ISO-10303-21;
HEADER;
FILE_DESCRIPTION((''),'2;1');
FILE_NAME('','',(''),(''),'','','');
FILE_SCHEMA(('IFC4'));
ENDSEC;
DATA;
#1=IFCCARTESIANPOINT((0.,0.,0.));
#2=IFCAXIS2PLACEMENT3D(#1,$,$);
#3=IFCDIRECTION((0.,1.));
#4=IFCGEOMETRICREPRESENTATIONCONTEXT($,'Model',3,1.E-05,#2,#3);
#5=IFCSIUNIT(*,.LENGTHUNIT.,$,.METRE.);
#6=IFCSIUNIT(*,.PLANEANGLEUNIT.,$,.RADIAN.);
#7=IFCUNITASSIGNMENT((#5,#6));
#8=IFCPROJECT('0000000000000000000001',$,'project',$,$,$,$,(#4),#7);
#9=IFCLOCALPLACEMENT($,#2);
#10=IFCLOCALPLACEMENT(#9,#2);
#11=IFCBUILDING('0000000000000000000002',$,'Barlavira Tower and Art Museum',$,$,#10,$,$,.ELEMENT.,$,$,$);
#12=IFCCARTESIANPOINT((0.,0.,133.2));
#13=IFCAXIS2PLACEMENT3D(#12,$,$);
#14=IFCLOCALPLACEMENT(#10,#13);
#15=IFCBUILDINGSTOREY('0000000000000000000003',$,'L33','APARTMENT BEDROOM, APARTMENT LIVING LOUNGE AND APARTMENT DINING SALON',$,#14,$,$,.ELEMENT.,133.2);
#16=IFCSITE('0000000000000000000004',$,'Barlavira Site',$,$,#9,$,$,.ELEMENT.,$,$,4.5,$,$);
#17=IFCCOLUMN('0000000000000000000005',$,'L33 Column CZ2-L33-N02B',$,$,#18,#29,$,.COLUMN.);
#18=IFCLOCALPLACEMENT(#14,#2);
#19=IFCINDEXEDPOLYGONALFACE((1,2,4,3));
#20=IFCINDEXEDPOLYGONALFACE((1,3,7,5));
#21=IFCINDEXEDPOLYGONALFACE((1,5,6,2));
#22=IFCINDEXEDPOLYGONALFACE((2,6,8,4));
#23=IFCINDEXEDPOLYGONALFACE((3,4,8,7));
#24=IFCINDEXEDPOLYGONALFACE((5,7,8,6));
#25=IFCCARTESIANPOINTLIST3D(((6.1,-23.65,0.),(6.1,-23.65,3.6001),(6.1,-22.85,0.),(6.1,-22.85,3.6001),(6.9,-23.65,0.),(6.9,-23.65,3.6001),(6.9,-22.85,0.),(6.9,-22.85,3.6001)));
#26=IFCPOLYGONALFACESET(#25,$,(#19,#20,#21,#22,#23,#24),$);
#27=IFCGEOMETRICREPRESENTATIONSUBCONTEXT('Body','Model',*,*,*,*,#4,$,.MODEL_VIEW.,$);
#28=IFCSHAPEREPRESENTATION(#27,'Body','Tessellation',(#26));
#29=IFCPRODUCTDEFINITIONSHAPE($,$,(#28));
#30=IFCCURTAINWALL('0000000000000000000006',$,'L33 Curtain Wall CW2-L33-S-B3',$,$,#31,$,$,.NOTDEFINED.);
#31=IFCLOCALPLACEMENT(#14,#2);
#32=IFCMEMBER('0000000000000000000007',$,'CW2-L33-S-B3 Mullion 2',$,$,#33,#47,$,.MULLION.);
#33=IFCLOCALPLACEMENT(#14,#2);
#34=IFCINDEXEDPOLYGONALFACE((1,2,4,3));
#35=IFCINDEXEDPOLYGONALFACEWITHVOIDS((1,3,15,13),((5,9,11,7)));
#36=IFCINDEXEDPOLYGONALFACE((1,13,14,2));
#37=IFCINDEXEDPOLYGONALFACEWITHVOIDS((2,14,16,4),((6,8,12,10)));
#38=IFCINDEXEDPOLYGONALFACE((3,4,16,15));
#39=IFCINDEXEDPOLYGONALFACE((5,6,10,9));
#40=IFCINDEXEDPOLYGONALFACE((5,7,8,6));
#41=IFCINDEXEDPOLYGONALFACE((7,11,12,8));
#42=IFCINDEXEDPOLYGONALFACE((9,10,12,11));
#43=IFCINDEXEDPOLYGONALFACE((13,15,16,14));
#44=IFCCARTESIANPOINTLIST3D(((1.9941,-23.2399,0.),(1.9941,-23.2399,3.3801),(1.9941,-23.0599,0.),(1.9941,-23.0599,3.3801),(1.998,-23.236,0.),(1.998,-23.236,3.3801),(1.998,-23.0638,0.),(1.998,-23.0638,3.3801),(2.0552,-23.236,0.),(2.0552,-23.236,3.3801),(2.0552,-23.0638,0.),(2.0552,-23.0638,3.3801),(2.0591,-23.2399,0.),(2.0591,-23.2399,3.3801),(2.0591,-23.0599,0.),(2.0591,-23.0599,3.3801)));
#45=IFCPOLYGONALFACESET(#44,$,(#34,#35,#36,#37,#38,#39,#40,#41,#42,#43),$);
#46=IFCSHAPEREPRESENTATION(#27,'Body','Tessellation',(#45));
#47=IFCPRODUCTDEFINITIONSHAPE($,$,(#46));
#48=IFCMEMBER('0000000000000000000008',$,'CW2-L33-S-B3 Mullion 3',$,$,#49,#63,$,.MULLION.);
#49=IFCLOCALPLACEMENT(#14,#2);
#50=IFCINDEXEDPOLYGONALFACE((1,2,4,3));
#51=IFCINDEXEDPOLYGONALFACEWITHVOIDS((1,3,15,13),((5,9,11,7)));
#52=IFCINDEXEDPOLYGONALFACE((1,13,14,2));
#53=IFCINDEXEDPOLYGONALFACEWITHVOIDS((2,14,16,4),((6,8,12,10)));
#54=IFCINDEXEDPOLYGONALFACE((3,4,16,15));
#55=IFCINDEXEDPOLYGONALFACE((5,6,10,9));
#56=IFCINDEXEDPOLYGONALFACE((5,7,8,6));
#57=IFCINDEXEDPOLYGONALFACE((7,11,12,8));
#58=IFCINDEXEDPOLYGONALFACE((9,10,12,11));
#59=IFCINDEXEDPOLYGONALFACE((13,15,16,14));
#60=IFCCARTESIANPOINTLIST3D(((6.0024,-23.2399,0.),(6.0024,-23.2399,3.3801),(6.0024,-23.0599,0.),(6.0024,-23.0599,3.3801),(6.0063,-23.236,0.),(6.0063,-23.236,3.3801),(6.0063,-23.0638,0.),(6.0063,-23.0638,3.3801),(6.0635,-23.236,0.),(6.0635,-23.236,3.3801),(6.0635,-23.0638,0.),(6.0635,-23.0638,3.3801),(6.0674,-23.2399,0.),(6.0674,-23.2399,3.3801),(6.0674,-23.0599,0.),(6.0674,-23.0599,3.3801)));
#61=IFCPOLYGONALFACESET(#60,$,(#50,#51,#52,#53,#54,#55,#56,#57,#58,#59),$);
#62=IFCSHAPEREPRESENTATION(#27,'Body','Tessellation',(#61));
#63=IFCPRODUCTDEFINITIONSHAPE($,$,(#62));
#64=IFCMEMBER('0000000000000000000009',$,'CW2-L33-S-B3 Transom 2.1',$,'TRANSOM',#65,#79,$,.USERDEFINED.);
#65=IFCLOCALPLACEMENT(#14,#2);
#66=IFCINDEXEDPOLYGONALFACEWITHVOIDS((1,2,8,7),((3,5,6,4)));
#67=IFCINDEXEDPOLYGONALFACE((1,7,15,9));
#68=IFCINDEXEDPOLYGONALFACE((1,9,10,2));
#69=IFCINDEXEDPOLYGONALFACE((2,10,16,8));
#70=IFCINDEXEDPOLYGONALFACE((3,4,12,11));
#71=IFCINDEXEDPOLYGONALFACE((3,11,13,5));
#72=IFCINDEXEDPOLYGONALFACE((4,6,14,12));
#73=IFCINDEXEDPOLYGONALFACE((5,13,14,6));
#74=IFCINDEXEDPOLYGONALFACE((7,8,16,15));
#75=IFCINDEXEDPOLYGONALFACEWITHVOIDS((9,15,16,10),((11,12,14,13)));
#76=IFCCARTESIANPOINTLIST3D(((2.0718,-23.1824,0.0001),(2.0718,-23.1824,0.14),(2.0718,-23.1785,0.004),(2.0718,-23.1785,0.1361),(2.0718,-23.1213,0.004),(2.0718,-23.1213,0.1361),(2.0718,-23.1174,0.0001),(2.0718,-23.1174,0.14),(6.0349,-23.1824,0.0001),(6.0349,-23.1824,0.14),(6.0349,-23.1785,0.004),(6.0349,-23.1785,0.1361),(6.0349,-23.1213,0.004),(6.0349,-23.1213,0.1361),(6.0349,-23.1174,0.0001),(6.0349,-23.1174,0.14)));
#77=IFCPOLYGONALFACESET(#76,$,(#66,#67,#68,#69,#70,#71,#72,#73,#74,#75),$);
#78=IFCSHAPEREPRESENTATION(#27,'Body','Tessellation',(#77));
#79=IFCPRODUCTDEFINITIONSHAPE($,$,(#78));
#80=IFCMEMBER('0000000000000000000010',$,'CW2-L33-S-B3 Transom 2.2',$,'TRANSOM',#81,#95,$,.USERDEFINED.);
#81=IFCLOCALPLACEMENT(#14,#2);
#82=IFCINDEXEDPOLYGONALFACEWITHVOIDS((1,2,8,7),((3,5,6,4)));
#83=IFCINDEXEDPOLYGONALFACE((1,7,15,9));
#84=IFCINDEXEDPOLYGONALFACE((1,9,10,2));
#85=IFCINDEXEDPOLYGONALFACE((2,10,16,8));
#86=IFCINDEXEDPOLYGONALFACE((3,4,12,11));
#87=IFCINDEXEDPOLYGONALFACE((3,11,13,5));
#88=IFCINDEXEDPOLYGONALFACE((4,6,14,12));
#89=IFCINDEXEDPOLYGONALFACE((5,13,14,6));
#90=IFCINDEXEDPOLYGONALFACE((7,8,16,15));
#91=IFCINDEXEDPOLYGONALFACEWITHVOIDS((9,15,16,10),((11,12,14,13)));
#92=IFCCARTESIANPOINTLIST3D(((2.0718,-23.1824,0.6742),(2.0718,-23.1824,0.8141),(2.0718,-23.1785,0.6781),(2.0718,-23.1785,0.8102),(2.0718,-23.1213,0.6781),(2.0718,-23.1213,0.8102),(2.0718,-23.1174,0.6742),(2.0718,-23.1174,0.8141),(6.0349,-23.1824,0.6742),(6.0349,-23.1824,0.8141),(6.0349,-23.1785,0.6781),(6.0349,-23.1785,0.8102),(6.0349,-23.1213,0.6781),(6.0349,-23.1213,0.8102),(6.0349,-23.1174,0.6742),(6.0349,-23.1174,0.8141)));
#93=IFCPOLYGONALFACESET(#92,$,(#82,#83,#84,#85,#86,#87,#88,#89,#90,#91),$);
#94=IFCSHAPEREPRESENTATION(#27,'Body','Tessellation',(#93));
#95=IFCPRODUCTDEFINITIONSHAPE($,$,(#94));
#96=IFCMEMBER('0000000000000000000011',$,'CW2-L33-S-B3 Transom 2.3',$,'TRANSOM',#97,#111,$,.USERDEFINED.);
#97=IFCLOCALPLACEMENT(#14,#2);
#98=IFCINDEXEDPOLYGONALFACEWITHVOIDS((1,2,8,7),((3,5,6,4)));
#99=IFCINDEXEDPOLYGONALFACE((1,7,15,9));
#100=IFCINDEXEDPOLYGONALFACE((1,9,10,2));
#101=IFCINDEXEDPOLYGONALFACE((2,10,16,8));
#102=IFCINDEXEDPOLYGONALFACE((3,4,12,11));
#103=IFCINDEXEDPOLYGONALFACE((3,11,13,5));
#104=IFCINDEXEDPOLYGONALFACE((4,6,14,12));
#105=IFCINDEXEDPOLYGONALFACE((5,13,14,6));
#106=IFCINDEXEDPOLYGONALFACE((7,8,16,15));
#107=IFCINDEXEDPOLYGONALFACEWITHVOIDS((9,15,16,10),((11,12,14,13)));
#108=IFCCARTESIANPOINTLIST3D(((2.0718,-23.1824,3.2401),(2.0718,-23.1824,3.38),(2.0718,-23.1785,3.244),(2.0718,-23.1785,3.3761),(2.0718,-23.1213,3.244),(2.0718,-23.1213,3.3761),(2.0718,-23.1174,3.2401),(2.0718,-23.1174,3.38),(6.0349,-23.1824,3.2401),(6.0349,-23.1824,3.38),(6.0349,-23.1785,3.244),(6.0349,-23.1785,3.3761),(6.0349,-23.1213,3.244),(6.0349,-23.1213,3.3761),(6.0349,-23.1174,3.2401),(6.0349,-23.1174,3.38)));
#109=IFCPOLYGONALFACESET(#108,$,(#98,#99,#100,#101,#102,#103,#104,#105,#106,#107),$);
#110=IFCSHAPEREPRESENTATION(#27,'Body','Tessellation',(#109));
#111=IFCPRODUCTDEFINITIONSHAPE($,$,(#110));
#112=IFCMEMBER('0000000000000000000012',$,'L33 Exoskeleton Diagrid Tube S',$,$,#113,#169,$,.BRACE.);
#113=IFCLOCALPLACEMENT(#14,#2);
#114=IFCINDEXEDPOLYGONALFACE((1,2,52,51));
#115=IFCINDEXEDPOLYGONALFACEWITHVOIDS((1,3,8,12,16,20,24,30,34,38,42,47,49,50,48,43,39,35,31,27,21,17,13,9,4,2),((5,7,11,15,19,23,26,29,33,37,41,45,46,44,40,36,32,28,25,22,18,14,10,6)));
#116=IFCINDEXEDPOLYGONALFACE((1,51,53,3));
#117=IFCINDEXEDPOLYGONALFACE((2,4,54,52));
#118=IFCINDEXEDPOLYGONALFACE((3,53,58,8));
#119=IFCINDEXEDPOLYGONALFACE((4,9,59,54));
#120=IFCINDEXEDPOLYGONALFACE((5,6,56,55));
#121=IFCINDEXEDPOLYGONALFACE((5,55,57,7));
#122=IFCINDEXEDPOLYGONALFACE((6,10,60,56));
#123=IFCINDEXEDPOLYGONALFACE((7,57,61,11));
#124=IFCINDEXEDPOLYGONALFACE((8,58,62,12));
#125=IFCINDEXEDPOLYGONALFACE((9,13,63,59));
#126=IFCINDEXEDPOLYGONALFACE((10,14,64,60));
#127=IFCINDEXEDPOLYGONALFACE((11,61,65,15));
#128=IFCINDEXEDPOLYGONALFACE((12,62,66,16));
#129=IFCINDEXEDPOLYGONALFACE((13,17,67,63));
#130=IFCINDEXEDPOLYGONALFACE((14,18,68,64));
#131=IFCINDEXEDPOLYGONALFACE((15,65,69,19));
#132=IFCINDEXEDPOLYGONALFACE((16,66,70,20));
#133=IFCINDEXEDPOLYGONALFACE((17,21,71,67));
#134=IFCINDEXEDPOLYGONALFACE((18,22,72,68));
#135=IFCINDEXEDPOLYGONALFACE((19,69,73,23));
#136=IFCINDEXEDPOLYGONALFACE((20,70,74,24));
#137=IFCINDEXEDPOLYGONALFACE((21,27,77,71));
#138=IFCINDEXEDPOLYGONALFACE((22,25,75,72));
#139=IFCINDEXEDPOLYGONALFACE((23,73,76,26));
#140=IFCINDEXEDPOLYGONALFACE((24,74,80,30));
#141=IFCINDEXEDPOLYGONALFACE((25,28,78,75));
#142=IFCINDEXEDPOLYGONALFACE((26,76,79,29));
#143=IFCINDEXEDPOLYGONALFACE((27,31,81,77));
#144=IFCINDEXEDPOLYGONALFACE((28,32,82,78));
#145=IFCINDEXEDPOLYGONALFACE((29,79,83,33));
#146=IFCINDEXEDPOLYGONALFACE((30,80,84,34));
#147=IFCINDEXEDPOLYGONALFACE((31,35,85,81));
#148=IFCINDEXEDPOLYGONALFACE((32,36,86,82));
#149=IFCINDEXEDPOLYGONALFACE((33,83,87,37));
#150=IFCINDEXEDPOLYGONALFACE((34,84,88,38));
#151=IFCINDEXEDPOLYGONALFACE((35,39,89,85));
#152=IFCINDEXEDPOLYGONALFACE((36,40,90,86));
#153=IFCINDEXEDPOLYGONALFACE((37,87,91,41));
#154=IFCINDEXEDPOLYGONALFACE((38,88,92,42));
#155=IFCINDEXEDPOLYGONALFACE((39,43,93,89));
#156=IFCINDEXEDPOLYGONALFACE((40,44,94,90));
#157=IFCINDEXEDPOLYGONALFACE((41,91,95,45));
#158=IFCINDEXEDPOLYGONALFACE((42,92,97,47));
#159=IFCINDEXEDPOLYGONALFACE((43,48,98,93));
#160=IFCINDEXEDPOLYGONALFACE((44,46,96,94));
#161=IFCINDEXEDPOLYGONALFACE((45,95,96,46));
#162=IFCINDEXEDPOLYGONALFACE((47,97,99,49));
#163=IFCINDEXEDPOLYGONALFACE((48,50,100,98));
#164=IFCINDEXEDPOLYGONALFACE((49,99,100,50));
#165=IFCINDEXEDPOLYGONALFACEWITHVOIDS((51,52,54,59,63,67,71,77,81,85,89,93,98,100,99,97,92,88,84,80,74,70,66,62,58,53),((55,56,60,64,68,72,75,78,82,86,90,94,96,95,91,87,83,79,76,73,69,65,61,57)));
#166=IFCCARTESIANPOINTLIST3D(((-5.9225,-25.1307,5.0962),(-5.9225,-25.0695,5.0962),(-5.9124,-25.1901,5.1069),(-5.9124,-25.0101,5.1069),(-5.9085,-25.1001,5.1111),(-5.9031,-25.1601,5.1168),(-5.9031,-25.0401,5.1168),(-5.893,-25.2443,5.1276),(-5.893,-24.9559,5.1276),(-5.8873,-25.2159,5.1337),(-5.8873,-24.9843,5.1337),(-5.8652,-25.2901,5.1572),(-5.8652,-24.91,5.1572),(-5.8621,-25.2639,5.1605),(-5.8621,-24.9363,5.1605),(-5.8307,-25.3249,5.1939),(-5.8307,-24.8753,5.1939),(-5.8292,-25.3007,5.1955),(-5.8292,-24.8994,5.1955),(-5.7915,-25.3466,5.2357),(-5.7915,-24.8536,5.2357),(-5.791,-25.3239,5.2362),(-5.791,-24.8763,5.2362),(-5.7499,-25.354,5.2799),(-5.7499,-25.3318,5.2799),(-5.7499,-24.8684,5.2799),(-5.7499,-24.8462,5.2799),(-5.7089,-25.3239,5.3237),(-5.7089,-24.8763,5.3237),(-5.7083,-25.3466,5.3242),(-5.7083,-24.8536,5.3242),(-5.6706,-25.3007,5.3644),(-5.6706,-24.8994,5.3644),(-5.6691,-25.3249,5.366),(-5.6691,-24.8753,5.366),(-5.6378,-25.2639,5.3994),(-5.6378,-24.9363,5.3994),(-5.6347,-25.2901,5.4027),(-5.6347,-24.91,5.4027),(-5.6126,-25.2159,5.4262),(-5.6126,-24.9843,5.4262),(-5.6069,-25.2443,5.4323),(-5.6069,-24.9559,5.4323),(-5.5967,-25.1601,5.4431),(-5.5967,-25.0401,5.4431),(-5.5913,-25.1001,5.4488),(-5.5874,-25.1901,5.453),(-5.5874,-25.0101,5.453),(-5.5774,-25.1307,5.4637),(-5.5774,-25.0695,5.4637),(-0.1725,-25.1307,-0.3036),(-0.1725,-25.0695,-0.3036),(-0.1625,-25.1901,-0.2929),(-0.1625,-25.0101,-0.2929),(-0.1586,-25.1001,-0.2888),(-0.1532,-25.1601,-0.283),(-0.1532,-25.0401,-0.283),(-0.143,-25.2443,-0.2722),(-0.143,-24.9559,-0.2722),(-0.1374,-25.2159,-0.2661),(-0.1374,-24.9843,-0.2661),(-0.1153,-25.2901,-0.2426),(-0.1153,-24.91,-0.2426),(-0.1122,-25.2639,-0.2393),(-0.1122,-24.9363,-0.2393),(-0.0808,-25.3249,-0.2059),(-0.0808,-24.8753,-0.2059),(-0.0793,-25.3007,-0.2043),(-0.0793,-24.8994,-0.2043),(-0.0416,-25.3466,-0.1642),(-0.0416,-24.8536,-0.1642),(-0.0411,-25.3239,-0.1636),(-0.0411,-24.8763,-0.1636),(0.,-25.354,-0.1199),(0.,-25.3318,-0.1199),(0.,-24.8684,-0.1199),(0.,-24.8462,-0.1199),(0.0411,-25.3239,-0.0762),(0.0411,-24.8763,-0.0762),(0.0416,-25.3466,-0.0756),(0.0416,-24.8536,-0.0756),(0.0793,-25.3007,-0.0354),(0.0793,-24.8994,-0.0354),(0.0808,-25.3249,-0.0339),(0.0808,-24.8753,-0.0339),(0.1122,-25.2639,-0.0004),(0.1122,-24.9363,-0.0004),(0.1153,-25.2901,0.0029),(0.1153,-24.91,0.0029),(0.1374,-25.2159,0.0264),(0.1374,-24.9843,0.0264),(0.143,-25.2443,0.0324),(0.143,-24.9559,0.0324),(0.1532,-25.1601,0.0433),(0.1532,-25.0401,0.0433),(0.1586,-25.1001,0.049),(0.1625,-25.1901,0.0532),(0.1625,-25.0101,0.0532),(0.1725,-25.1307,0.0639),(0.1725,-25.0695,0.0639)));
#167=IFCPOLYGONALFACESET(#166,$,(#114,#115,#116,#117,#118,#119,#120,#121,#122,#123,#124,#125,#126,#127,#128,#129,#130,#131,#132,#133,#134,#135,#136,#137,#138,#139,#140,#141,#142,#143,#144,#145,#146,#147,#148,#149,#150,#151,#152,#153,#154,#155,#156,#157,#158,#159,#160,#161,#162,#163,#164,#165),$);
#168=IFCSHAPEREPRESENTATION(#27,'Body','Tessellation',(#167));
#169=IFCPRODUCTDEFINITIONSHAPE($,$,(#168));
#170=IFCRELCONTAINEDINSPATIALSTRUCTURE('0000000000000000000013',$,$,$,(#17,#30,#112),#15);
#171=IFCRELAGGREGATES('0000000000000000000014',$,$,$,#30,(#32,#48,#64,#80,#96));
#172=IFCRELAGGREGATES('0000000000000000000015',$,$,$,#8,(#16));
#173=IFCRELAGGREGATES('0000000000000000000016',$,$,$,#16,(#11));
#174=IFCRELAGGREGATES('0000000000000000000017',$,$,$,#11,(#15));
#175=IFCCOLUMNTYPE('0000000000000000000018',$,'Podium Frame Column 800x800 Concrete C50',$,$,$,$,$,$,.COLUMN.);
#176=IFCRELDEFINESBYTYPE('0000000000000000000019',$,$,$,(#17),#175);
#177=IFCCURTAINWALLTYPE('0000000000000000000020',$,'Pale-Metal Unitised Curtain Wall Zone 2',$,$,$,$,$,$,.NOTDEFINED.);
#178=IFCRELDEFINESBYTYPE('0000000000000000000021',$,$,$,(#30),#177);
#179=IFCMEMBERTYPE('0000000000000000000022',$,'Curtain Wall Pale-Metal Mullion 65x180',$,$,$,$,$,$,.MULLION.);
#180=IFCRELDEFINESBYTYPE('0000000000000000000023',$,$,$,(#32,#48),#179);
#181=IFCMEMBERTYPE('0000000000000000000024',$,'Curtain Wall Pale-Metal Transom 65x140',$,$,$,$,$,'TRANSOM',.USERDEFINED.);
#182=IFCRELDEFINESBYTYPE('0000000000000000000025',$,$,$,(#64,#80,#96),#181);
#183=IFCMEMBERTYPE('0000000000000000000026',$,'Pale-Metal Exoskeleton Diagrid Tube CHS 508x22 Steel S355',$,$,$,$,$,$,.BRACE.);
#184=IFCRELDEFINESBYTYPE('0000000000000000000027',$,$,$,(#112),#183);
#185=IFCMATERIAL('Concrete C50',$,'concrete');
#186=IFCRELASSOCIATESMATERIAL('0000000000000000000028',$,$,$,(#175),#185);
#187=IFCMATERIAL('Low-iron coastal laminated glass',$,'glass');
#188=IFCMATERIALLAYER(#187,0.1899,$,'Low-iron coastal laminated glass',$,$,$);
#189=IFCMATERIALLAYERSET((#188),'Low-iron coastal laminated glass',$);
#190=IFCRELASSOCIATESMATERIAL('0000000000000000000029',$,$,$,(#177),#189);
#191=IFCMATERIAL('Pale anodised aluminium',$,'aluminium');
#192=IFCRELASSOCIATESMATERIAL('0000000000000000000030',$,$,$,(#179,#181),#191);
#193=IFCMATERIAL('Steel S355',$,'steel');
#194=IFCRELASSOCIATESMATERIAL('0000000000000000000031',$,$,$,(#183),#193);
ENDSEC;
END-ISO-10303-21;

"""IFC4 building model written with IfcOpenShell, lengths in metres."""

from ifc_helpers import new_model, si_unit, direction, frame, origin, origin_2d, place, context, subcontext, project, spatial, rectangle, hollow_rectangle, hollow_circle, extrude, material, layer, layer_set, material_profile, profile_set, type_object, element, aggregate, save


model = new_model("IFC4")

# Units and contexts
model_context = context("Model", 3, precision=1e-05, world=origin(), true_north=direction((0.0, 1.0)))
body_context = subcontext(model_context, "Body", "Model", "MODEL_VIEW")
ifc_project = project(units=[si_unit("LENGTHUNIT", "METRE"), si_unit("PLANEANGLEUNIT", "RADIAN")], contexts=[model_context])

# Site, building, storey
site_placement = place(None, origin())
site = spatial("IfcSite", under=ifc_project, at=site_placement, Name="Barlavira Site", CompositionType="ELEMENT", RefElevation=4.5)
building_placement = place(site_placement, origin())
building = spatial("IfcBuilding", under=site, at=building_placement, Name="Barlavira Tower and Art Museum", CompositionType="ELEMENT")
storey_placement = place(building_placement, frame((0.0, 0.0, 133.2)))
storey = spatial("IfcBuildingStorey", under=building, at=storey_placement, Name="L33", Description="APARTMENT BEDROOM, APARTMENT LIVING LOUNGE AND APARTMENT DINING SALON", CompositionType="ELEMENT", Elevation=133.2)

# Column
ifc_material_1 = material(Name="Concrete C50", Category="concrete")
ifc_material_profile_1 = material_profile(ifc_material_1, rectangle(XDim=0.8, YDim=0.8, at=origin_2d()), Name="RC-COL 800x800")
ifc_profile_set_1 = profile_set([ifc_material_profile_1], Name="Concrete C50")
column_type = type_object("IfcColumnType", Name="Podium Frame Column 800x800 Concrete C50", PredefinedType="COLUMN", material=ifc_profile_set_1)
column_placement = place(storey_placement, frame((6.5, -23.25, 0.0), z_axis=(0.0, 0.0, 1.0), x_axis=(1.0, 0.0, 0.0)))
element("IfcColumn", 1, at=column_placement, inside=storey, type_object=column_type, Name="L33 Column CZ2-L33-N02B", PredefinedType="COLUMN", context=body_context, shape_type="SweptSolid", body=[
    extrude(rectangle(XDim=0.8, YDim=0.8, at=origin_2d()), origin(), (0.0, 0.0, 1.0), 3.6001),
])

# Curtain wall, members
ifc_material_2 = material(Name="Low-iron coastal laminated glass", Category="glass")
ifc_layer_1 = layer(ifc_material_2, 0.1899, Name="Low-iron coastal laminated glass")
ifc_layer_set_1 = layer_set([ifc_layer_1], Name="Low-iron coastal laminated glass")
curtain_wall_type = type_object("IfcCurtainWallType", Name="Pale-Metal Unitised Curtain Wall Zone 2", PredefinedType="NOTDEFINED", material=ifc_layer_set_1)
curtain_wall_placement = place(storey_placement, origin())
curtain_wall = element("IfcCurtainWall", 2, at=curtain_wall_placement, inside=storey, type_object=curtain_wall_type, Name="L33 Curtain Wall CW2-L33-S-B3", PredefinedType="NOTDEFINED")
ifc_material_3 = material(Name="Pale anodised aluminium", Category="aluminium")
ifc_material_profile_2 = material_profile(ifc_material_3, hollow_rectangle(XDim=0.0649, YDim=0.1799, WallThickness=0.0039, at=origin_2d()), Name="ALU-MULL 65x180x4")
ifc_profile_set_2 = profile_set([ifc_material_profile_2], Name="Pale anodised aluminium")
member_type_1 = type_object("IfcMemberType", Name="Curtain Wall Pale-Metal Mullion 65x180", PredefinedType="MULLION", material=ifc_profile_set_2)
member_1_placement = place(storey_placement, frame((2.0266, -23.1499, 0.0), z_axis=(0.0, 0.0, 1.0), x_axis=(1.0, 0.0, 0.0)))
member_1 = element("IfcMember", 3, at=member_1_placement, type_object=member_type_1, Name="CW2-L33-S-B3 Mullion 2", PredefinedType="MULLION", context=body_context, shape_type="SweptSolid", body=[
    extrude(hollow_rectangle(XDim=0.0649, YDim=0.1799, WallThickness=0.0039, at=origin_2d()), origin(), (0.0, 0.0, 1.0), 3.3801),
])
member_2_placement = place(storey_placement, frame((6.0349, -23.1499, 0.0), z_axis=(0.0, 0.0, 1.0), x_axis=(1.0, 0.0, 0.0)))
member_2 = element("IfcMember", 4, at=member_2_placement, type_object=member_type_1, Name="CW2-L33-S-B3 Mullion 3", PredefinedType="MULLION", context=body_context, shape_type="SweptSolid", body=[
    extrude(hollow_rectangle(XDim=0.0649, YDim=0.1799, WallThickness=0.0039, at=origin_2d()), origin(), (0.0, 0.0, 1.0), 3.3801),
])
ifc_material_profile_3 = material_profile(ifc_material_3, hollow_rectangle(XDim=0.0649, YDim=0.1399, WallThickness=0.0039, at=origin_2d()), Name="ALU-TRAN 65x140x4")
ifc_profile_set_3 = profile_set([ifc_material_profile_3], Name="Pale anodised aluminium")
member_type_2 = type_object("IfcMemberType", Name="Curtain Wall Pale-Metal Transom 65x140", ElementType="TRANSOM", PredefinedType="USERDEFINED", material=ifc_profile_set_3)
member_3_placement = place(storey_placement, frame((2.0718, -23.1499, 0.0701), z_axis=(1.0, 0.0, 0.0), x_axis=(0.0, 1.0, 0.0)))
member_3 = element("IfcMember", 5, at=member_3_placement, type_object=member_type_2, Name="CW2-L33-S-B3 Transom 2.1", ObjectType="TRANSOM", PredefinedType="USERDEFINED", context=body_context, shape_type="SweptSolid", body=[
    extrude(hollow_rectangle(XDim=0.0649, YDim=0.1399, WallThickness=0.0039, at=origin_2d()), origin(), (0.0, 0.0, 1.0), 3.9631),
])
member_4_placement = place(storey_placement, frame((2.0718, -23.1499, 0.7441), z_axis=(1.0, 0.0, 0.0), x_axis=(0.0, 1.0, 0.0)))
member_4 = element("IfcMember", 6, at=member_4_placement, type_object=member_type_2, Name="CW2-L33-S-B3 Transom 2.2", ObjectType="TRANSOM", PredefinedType="USERDEFINED", context=body_context, shape_type="SweptSolid", body=[
    extrude(hollow_rectangle(XDim=0.0649, YDim=0.1399, WallThickness=0.0039, at=origin_2d()), origin(), (0.0, 0.0, 1.0), 3.9631),
])
member_5_placement = place(storey_placement, frame((2.0718, -23.1499, 3.3101), z_axis=(1.0, 0.0, 0.0), x_axis=(0.0, 1.0, 0.0)))
member_5 = element("IfcMember", 7, at=member_5_placement, type_object=member_type_2, Name="CW2-L33-S-B3 Transom 2.3", ObjectType="TRANSOM", PredefinedType="USERDEFINED", context=body_context, shape_type="SweptSolid", body=[
    extrude(hollow_rectangle(XDim=0.0649, YDim=0.1399, WallThickness=0.0039, at=origin_2d()), origin(), (0.0, 0.0, 1.0), 3.9631),
])

# Member
ifc_material_4 = material(Name="Steel S355", Category="steel")
ifc_material_profile_4 = material_profile(ifc_material_4, hollow_circle(Radius=0.2539, WallThickness=0.0222, at=origin_2d()), Name="CHS 508.0x22.2")
ifc_profile_set_4 = profile_set([ifc_material_profile_4], Name="Steel S355")
member_type_3 = type_object("IfcMemberType", Name="Pale-Metal Exoskeleton Diagrid Tube CHS 508x22 Steel S355", PredefinedType="BRACE", material=ifc_profile_set_4)
for number, where, z_axis, x_axis, name in (
    (8, (0.0, -25.1001, -0.1199), (-0.72895, 0.0, 0.684567), (0.0, -1.0, 0.0), "L33 Exoskeleton Diagrid Tube S"),
):
    element("IfcMember", number, at=place(storey_placement, frame(where, z_axis=z_axis, x_axis=x_axis)), inside=storey, type_object=member_type_3, Name=name, PredefinedType="BRACE", context=body_context, shape_type="SweptSolid", body=[
        extrude(hollow_circle(Radius=0.2539, WallThickness=0.0222, at=origin_2d()), origin(), (0.0, 0.0, 1.0), 7.8879),
    ])

aggregate(curtain_wall, [member_1, member_2, member_3, member_4, member_5])

save(model, "model.ifc")
